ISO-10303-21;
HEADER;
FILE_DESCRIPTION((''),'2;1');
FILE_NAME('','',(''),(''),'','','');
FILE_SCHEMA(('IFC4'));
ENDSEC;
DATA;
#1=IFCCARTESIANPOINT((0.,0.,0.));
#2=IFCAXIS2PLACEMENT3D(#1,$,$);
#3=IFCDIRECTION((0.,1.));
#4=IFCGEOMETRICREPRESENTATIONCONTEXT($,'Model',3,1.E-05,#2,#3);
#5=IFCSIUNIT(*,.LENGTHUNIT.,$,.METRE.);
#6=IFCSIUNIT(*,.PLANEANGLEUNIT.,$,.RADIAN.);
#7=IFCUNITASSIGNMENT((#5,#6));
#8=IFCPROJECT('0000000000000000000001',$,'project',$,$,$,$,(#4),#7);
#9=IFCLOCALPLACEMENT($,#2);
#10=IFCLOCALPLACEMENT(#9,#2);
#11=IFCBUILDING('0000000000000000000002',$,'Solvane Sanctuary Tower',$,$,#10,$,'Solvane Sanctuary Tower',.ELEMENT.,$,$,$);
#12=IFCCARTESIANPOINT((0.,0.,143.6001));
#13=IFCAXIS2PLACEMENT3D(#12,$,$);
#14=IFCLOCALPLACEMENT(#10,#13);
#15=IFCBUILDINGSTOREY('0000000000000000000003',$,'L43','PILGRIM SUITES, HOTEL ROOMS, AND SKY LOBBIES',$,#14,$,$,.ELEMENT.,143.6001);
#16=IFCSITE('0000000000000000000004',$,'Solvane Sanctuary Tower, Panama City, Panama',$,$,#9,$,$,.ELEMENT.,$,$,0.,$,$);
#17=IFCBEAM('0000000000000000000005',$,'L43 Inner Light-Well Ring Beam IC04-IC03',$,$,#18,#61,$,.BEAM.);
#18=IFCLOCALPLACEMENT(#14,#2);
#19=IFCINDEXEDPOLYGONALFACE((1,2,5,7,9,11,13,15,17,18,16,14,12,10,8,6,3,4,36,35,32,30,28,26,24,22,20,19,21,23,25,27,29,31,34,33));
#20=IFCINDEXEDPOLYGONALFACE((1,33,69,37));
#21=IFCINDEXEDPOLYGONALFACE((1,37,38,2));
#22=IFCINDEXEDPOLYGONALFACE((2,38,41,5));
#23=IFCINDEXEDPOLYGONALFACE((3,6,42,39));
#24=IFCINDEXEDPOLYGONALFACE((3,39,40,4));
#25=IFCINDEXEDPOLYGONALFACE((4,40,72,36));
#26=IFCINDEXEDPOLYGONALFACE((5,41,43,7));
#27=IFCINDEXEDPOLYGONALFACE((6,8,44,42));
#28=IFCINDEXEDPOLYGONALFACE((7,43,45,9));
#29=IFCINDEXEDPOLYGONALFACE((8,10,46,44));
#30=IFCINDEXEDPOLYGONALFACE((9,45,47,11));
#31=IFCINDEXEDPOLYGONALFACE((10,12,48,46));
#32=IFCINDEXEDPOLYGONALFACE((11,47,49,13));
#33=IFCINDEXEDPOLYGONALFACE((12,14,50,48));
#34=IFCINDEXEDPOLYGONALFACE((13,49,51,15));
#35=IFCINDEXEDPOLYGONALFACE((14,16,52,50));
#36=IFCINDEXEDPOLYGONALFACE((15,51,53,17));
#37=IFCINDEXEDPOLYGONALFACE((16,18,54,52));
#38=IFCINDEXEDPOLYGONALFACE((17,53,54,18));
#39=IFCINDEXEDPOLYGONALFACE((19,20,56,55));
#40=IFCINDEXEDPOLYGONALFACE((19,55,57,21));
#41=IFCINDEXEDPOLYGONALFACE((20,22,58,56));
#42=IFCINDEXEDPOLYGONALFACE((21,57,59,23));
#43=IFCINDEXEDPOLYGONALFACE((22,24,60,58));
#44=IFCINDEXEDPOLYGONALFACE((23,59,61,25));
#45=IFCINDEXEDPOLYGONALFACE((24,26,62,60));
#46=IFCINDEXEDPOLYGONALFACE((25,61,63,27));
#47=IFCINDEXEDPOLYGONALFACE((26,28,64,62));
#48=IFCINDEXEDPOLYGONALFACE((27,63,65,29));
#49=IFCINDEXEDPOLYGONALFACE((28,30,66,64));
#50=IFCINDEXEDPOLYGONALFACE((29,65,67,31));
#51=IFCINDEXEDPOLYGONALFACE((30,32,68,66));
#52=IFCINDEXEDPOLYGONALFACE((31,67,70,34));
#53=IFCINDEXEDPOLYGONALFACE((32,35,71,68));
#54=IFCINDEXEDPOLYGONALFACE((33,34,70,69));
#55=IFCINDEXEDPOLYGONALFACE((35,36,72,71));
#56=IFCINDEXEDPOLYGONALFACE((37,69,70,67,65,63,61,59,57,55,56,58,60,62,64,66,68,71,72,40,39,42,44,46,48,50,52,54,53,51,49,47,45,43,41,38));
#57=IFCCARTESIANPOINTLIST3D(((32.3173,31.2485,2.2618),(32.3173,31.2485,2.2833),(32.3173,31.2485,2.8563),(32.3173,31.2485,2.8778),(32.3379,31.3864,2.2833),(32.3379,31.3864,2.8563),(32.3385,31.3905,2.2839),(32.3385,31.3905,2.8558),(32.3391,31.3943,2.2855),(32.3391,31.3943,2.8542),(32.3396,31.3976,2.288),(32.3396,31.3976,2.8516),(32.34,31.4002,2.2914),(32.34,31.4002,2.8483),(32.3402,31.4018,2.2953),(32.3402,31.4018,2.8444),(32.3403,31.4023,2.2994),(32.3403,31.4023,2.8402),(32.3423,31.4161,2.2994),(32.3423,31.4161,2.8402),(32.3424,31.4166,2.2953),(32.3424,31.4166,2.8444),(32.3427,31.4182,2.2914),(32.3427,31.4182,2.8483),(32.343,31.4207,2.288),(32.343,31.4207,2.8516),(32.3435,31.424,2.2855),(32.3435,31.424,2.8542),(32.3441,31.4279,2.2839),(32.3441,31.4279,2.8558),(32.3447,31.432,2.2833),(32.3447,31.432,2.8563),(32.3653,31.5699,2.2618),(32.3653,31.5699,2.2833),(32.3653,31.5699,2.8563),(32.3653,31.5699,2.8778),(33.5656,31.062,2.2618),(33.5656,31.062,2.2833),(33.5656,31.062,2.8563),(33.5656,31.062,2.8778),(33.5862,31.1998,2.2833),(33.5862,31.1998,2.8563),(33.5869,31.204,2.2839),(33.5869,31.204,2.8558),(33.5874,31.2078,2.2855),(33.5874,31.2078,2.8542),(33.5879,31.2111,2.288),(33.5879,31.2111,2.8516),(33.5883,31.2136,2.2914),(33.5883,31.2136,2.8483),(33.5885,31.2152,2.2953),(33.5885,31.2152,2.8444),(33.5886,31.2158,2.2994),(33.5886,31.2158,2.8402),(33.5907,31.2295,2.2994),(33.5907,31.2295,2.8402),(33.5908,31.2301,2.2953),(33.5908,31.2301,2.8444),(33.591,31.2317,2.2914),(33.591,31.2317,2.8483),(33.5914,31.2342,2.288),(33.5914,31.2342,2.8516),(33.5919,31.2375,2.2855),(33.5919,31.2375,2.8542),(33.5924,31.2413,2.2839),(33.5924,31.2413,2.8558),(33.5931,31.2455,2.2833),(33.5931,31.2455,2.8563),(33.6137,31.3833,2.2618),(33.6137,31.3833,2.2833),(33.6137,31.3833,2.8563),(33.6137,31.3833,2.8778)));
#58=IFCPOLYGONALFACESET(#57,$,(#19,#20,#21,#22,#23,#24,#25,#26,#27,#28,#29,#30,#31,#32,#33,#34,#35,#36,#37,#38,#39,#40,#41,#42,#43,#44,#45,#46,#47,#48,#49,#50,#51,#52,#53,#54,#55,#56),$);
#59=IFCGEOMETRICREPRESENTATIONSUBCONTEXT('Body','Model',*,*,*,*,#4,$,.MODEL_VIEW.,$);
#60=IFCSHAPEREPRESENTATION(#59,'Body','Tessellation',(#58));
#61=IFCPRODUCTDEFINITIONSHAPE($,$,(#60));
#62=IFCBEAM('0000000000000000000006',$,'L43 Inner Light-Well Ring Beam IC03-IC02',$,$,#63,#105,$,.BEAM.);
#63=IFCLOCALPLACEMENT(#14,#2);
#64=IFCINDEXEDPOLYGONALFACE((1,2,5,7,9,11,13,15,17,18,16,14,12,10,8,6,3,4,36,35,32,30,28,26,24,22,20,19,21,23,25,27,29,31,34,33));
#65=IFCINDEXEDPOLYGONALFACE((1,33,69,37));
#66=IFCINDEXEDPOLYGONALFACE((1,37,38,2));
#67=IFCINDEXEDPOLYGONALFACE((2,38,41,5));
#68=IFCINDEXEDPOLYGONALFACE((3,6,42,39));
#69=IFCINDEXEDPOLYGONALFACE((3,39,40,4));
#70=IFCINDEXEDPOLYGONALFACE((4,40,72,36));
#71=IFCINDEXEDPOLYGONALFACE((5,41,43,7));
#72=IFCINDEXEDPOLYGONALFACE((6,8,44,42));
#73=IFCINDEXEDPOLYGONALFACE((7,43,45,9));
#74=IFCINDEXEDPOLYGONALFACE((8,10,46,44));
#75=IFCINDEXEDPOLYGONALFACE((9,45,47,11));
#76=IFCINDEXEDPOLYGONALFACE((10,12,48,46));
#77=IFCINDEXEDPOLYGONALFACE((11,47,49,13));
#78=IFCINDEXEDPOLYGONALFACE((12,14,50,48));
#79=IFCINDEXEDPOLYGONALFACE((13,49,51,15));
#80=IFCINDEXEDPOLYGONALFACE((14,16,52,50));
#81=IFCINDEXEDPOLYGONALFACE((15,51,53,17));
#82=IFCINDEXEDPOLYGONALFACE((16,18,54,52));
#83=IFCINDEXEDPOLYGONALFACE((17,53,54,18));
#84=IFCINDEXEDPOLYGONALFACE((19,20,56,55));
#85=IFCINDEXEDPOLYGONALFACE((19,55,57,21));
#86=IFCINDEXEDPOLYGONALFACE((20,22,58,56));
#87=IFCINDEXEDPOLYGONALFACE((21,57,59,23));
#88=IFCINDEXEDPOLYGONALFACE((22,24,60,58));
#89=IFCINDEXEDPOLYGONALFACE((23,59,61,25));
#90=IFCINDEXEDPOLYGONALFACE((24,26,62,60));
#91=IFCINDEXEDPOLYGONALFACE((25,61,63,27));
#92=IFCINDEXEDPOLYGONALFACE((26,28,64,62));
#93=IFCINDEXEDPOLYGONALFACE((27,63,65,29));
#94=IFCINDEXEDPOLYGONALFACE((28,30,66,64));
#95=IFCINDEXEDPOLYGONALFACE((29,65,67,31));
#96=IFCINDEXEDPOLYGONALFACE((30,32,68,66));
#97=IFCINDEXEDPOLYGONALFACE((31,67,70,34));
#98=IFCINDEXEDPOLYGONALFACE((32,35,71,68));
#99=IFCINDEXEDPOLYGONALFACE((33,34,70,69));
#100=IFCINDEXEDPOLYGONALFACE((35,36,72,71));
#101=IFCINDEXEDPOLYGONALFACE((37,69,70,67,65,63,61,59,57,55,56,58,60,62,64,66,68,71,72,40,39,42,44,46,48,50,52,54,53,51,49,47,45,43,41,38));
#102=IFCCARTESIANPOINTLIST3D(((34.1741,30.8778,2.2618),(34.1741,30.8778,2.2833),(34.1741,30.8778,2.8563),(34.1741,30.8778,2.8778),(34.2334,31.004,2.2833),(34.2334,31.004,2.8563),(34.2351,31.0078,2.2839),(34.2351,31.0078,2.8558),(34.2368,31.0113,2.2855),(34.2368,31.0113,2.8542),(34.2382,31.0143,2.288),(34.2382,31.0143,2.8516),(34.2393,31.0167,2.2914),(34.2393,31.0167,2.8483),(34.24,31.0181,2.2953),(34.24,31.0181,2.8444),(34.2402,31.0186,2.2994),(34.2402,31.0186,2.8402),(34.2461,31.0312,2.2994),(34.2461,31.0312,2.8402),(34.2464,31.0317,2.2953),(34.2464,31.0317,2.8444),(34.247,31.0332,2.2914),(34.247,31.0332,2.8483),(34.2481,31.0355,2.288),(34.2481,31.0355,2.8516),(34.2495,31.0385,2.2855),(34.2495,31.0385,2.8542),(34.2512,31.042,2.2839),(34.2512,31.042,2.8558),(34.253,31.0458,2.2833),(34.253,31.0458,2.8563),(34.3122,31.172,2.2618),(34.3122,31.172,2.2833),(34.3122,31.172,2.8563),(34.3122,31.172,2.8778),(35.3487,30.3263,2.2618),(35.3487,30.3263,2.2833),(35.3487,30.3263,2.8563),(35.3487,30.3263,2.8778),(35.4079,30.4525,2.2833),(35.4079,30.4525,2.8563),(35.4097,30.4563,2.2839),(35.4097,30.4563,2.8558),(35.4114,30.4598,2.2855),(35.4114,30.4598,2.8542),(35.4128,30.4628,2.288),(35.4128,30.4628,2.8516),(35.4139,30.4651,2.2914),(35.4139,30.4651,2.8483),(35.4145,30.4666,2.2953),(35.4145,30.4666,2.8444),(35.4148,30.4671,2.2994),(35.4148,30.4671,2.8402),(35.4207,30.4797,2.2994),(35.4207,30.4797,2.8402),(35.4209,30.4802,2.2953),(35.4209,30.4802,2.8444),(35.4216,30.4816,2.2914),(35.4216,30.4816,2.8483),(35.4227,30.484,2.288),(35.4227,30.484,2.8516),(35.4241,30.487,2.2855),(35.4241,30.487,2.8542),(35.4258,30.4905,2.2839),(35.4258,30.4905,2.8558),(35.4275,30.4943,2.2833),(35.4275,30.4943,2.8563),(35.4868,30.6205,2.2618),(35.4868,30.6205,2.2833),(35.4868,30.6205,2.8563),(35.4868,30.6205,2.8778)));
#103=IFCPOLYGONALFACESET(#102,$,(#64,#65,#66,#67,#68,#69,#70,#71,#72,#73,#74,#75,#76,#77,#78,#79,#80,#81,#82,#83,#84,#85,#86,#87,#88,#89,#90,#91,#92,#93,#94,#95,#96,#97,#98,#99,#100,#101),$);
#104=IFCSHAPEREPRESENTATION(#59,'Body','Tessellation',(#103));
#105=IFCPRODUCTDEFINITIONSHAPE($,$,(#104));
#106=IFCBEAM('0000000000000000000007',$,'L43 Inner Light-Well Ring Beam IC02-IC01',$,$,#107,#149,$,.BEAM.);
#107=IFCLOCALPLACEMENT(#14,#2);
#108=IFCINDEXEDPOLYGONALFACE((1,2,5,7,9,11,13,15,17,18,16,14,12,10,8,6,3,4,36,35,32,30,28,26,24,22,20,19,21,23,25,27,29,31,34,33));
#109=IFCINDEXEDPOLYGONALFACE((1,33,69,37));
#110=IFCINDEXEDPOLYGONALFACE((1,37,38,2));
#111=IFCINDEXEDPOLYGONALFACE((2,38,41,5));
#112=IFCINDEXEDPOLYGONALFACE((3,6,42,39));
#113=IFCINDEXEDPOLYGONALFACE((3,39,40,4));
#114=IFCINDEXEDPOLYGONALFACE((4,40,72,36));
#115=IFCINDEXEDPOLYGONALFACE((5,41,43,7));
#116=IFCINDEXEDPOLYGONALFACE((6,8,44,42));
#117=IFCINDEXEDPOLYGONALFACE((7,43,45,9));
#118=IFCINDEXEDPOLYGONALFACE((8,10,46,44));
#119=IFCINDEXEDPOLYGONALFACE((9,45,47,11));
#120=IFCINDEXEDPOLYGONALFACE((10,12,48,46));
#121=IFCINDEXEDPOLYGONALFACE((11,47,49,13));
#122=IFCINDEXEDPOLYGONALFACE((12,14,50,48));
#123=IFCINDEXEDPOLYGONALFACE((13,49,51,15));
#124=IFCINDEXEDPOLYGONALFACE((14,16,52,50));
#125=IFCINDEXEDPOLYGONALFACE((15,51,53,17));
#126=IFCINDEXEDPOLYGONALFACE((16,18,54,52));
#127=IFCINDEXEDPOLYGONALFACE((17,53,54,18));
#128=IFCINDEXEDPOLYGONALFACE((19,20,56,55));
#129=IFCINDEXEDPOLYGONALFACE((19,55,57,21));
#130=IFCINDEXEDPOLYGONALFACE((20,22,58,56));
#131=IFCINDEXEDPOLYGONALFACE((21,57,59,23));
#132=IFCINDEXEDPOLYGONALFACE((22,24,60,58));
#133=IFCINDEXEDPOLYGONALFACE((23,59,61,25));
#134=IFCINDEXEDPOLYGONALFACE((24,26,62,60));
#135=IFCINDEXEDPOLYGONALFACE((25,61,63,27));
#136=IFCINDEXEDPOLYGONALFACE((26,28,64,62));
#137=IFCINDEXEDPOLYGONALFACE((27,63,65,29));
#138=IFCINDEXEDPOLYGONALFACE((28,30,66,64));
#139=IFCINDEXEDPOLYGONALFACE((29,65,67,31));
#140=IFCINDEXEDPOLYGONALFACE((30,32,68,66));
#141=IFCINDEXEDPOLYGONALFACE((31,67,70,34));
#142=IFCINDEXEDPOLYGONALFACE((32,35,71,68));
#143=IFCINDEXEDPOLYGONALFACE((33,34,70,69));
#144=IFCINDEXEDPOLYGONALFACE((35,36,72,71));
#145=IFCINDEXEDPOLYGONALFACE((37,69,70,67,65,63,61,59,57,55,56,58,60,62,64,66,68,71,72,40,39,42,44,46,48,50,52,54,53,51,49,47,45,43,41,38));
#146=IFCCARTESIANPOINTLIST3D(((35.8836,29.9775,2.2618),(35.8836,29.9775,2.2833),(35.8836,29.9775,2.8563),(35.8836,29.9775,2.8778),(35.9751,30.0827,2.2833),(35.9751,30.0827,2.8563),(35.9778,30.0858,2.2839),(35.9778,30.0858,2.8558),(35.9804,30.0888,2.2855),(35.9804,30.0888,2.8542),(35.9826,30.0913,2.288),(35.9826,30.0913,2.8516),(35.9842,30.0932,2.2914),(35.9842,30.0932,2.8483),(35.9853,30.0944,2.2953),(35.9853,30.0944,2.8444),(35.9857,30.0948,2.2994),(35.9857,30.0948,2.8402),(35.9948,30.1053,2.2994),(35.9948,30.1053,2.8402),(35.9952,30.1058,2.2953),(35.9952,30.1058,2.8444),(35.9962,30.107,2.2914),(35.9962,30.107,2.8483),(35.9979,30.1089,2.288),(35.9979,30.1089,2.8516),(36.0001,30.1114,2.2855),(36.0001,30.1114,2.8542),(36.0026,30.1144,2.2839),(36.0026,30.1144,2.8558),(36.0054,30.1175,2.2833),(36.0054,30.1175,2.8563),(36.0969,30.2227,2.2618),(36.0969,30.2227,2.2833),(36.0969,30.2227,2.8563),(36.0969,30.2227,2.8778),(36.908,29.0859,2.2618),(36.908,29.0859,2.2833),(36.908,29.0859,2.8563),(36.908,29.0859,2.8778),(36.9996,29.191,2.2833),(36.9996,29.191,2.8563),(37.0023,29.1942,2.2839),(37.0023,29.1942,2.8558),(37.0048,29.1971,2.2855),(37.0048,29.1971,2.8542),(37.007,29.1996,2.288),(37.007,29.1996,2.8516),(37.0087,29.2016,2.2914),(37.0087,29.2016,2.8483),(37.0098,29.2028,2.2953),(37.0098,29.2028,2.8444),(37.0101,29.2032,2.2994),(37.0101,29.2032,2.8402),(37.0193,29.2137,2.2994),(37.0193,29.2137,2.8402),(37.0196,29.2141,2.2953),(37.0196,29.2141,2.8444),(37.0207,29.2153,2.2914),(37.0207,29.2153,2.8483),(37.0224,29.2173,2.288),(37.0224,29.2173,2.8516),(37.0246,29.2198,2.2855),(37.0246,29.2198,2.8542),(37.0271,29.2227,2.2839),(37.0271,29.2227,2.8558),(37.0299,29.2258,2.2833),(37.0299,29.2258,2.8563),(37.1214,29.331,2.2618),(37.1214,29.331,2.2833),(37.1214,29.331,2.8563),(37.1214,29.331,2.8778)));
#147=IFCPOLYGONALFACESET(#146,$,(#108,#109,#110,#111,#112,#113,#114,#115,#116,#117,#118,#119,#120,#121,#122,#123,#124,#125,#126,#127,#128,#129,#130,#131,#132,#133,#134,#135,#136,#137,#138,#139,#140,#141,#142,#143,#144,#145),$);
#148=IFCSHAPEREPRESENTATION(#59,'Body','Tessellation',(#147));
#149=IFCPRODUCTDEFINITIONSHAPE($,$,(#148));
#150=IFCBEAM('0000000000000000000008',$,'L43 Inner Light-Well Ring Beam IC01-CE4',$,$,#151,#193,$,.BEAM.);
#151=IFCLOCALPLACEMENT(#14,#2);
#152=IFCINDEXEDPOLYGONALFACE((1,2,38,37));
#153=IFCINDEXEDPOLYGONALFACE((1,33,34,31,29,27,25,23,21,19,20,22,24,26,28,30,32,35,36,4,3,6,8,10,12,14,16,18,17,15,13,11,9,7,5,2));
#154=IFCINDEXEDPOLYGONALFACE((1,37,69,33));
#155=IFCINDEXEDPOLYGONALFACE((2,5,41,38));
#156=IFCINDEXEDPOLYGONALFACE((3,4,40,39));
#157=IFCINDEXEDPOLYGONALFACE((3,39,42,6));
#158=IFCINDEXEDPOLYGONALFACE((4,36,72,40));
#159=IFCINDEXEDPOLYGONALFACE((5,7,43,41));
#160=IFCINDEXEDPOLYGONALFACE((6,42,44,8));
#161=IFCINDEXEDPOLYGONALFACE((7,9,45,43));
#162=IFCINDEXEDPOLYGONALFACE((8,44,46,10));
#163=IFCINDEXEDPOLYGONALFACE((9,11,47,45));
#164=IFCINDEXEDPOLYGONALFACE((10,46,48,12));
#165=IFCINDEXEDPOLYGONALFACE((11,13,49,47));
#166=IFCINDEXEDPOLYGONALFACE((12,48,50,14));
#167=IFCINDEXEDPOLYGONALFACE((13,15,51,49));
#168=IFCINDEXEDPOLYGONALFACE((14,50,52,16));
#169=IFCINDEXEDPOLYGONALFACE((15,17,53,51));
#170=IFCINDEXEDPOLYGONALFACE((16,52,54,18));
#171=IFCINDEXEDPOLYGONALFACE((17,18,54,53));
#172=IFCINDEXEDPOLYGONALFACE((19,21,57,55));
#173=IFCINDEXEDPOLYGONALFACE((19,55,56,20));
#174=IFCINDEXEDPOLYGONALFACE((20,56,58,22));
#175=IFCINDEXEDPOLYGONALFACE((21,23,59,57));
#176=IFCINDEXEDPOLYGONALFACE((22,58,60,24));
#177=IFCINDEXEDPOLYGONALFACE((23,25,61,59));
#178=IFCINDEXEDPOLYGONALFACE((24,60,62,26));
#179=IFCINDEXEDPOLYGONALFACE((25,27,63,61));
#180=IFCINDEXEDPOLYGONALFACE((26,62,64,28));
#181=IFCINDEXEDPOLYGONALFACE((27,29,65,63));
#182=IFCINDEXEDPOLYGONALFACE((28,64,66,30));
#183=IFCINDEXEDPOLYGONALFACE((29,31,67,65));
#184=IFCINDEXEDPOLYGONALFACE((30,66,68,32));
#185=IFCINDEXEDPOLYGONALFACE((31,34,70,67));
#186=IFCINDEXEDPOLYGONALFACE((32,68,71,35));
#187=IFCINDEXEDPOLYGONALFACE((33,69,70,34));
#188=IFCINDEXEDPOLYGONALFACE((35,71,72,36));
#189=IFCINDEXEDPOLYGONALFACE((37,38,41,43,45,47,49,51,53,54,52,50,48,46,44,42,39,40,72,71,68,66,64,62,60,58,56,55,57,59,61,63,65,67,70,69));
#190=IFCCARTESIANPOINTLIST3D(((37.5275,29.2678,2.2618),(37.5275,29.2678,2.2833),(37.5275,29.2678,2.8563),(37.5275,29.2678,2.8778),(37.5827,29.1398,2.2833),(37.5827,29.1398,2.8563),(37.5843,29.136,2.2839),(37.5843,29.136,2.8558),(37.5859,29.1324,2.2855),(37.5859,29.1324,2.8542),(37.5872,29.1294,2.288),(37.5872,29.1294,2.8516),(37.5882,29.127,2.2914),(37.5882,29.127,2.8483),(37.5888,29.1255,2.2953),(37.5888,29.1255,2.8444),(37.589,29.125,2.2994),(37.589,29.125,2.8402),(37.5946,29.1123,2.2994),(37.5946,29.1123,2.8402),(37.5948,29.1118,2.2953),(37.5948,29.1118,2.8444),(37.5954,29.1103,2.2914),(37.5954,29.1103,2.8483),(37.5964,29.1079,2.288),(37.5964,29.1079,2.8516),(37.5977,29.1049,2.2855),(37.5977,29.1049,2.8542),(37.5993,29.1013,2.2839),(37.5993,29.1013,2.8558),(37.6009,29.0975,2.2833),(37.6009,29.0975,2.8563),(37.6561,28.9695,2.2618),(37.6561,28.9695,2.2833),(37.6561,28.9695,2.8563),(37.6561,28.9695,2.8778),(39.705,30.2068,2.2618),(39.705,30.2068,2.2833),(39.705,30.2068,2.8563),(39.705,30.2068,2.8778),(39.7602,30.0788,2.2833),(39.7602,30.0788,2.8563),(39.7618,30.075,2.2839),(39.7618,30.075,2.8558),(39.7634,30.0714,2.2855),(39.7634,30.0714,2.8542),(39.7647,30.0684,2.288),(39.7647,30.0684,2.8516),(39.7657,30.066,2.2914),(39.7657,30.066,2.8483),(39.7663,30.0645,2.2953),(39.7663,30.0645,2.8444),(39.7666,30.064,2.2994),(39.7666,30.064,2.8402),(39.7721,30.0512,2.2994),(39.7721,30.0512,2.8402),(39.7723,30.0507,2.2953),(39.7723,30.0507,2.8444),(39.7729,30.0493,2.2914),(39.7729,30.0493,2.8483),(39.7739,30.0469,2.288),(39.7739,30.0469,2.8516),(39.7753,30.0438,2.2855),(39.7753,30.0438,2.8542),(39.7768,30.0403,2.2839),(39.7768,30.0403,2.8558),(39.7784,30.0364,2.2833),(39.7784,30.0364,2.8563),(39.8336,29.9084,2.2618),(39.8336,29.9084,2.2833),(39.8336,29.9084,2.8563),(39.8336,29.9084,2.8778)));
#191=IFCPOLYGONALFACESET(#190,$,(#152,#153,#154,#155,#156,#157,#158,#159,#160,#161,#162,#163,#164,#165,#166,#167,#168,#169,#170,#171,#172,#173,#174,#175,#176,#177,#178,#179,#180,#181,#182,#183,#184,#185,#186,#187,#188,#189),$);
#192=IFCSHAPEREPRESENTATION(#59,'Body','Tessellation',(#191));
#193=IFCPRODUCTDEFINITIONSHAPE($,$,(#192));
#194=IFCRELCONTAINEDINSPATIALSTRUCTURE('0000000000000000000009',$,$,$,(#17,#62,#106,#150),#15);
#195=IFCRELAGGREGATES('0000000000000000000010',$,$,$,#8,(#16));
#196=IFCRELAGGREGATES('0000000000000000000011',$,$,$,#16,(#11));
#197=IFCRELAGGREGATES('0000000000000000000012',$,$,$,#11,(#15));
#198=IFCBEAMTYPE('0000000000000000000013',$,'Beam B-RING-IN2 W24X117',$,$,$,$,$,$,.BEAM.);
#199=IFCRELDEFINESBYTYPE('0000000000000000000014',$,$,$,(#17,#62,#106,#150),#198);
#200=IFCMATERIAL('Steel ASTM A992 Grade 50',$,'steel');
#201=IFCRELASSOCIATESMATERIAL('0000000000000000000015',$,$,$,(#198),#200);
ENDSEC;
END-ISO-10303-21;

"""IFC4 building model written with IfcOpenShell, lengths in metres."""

from ifc_helpers import new_model, si_unit, direction, frame, origin, origin_2d, place, context, subcontext, project, spatial, i_section, extrude, material, material_profile, profile_set, type_object, element, save


model = new_model("IFC4")

# Units and contexts
model_context = context("Model", 3, precision=1e-05, world=origin(), true_north=direction((0.0, 1.0)))
body_context = subcontext(model_context, "Body", "Model", "MODEL_VIEW")
ifc_project = project(units=[si_unit("LENGTHUNIT", "METRE"), si_unit("PLANEANGLEUNIT", "RADIAN")], contexts=[model_context])

# Site, building, storey
site_placement = place(None, origin())
site = spatial("IfcSite", under=ifc_project, at=site_placement, Name="Solvane Sanctuary Tower, Panama City, Panama", CompositionType="ELEMENT", RefElevation=0.0)
building_placement = place(site_placement, origin())
building = spatial("IfcBuilding", under=site, at=building_placement, Name="Solvane Sanctuary Tower", LongName="Solvane Sanctuary Tower", CompositionType="ELEMENT")
storey_placement = place(building_placement, frame((0.0, 0.0, 143.6001)))
storey = spatial("IfcBuildingStorey", under=building, at=storey_placement, Name="L43", Description="PILGRIM SUITES, HOTEL ROOMS, AND SKY LOBBIES", CompositionType="ELEMENT", Elevation=143.6001)

# Beams
ifc_material_1 = material(Name="Steel ASTM A992 Grade 50", Category="steel")
ifc_material_profile_1 = material_profile(ifc_material_1, i_section(OverallWidth=0.325, OverallDepth=0.616, WebThickness=0.0139, FlangeThickness=0.0215, FilletRadius=0.0161, at=origin_2d()), Name="W24X117")
ifc_profile_set_1 = profile_set([ifc_material_profile_1], Name="Steel ASTM A992 Grade 50")
beam_type_1 = type_object("IfcBeamType", Name="Beam B-RING-IN2 W24X117", PredefinedType="BEAM", material=ifc_profile_set_1)
for number, where, z_axis, x_axis, name in (
    (1, (32.3413, 31.4092, 2.5698), (0.98902, -0.147782, 0.0), (0.147782, 0.98902, 0.0), "L43 Inner Light-Well Ring Beam IC04-IC03"),
):
    element("IfcBeam", number, at=place(storey_placement, frame(where, z_axis=z_axis, x_axis=x_axis)), inside=storey, type_object=beam_type_1, Name=name, PredefinedType="BEAM", context=body_context, shape_type="SweptSolid", body=[
        extrude(i_section(OverallWidth=0.325, OverallDepth=0.616, WebThickness=0.0139, FlangeThickness=0.0215, FilletRadius=0.0161, at=origin_2d()), origin(), (0.0, 0.0, 1.0), 1.2622),
    ])
beam_1_placement = place(storey_placement, frame((34.2432, 31.0249, 2.5698), z_axis=(0.905181, -0.425027, 0.0), x_axis=(0.425027, 0.905181, 0.0)))
element("IfcBeam", 2, at=beam_1_placement, inside=storey, type_object=beam_type_1, Name="L43 Inner Light-Well Ring Beam IC03-IC02", PredefinedType="BEAM", context=body_context, shape_type="SweptSolid", body=[
    extrude(i_section(OverallWidth=0.325, OverallDepth=0.616, WebThickness=0.0139, FlangeThickness=0.0215, FilletRadius=0.0161, at=origin_2d()), origin(), (0.0, 0.0, 1.0), 1.2976),
])
beam_2_placement = place(storey_placement, frame((35.9902, 30.1001, 2.5698), z_axis=(0.754311, -0.656517, 0.0), x_axis=(0.656517, 0.754311, 0.0)))
element("IfcBeam", 3, at=beam_2_placement, inside=storey, type_object=beam_type_1, Name="L43 Inner Light-Well Ring Beam IC02-IC01", PredefinedType="BEAM", context=body_context, shape_type="SweptSolid", body=[
    extrude(i_section(OverallWidth=0.325, OverallDepth=0.616, WebThickness=0.0139, FlangeThickness=0.0215, FilletRadius=0.0161, at=origin_2d()), origin(), (0.0, 0.0, 1.0), 1.3582),
])
beam_3_placement = place(storey_placement, frame((37.5918, 29.1187, 2.5698), z_axis=(0.918264, 0.395969, 0.0), x_axis=(-0.395969, 0.918264, 0.0)))
element("IfcBeam", 4, at=beam_3_placement, inside=storey, type_object=beam_type_1, Name="L43 Inner Light-Well Ring Beam IC01-CE4", PredefinedType="BEAM", context=body_context, shape_type="SweptSolid", body=[
    extrude(i_section(OverallWidth=0.325, OverallDepth=0.616, WebThickness=0.0139, FlangeThickness=0.0215, FilletRadius=0.0161, at=origin_2d()), origin(), (0.0, 0.0, 1.0), 2.3713),
])

save(model, "model.ifc")
